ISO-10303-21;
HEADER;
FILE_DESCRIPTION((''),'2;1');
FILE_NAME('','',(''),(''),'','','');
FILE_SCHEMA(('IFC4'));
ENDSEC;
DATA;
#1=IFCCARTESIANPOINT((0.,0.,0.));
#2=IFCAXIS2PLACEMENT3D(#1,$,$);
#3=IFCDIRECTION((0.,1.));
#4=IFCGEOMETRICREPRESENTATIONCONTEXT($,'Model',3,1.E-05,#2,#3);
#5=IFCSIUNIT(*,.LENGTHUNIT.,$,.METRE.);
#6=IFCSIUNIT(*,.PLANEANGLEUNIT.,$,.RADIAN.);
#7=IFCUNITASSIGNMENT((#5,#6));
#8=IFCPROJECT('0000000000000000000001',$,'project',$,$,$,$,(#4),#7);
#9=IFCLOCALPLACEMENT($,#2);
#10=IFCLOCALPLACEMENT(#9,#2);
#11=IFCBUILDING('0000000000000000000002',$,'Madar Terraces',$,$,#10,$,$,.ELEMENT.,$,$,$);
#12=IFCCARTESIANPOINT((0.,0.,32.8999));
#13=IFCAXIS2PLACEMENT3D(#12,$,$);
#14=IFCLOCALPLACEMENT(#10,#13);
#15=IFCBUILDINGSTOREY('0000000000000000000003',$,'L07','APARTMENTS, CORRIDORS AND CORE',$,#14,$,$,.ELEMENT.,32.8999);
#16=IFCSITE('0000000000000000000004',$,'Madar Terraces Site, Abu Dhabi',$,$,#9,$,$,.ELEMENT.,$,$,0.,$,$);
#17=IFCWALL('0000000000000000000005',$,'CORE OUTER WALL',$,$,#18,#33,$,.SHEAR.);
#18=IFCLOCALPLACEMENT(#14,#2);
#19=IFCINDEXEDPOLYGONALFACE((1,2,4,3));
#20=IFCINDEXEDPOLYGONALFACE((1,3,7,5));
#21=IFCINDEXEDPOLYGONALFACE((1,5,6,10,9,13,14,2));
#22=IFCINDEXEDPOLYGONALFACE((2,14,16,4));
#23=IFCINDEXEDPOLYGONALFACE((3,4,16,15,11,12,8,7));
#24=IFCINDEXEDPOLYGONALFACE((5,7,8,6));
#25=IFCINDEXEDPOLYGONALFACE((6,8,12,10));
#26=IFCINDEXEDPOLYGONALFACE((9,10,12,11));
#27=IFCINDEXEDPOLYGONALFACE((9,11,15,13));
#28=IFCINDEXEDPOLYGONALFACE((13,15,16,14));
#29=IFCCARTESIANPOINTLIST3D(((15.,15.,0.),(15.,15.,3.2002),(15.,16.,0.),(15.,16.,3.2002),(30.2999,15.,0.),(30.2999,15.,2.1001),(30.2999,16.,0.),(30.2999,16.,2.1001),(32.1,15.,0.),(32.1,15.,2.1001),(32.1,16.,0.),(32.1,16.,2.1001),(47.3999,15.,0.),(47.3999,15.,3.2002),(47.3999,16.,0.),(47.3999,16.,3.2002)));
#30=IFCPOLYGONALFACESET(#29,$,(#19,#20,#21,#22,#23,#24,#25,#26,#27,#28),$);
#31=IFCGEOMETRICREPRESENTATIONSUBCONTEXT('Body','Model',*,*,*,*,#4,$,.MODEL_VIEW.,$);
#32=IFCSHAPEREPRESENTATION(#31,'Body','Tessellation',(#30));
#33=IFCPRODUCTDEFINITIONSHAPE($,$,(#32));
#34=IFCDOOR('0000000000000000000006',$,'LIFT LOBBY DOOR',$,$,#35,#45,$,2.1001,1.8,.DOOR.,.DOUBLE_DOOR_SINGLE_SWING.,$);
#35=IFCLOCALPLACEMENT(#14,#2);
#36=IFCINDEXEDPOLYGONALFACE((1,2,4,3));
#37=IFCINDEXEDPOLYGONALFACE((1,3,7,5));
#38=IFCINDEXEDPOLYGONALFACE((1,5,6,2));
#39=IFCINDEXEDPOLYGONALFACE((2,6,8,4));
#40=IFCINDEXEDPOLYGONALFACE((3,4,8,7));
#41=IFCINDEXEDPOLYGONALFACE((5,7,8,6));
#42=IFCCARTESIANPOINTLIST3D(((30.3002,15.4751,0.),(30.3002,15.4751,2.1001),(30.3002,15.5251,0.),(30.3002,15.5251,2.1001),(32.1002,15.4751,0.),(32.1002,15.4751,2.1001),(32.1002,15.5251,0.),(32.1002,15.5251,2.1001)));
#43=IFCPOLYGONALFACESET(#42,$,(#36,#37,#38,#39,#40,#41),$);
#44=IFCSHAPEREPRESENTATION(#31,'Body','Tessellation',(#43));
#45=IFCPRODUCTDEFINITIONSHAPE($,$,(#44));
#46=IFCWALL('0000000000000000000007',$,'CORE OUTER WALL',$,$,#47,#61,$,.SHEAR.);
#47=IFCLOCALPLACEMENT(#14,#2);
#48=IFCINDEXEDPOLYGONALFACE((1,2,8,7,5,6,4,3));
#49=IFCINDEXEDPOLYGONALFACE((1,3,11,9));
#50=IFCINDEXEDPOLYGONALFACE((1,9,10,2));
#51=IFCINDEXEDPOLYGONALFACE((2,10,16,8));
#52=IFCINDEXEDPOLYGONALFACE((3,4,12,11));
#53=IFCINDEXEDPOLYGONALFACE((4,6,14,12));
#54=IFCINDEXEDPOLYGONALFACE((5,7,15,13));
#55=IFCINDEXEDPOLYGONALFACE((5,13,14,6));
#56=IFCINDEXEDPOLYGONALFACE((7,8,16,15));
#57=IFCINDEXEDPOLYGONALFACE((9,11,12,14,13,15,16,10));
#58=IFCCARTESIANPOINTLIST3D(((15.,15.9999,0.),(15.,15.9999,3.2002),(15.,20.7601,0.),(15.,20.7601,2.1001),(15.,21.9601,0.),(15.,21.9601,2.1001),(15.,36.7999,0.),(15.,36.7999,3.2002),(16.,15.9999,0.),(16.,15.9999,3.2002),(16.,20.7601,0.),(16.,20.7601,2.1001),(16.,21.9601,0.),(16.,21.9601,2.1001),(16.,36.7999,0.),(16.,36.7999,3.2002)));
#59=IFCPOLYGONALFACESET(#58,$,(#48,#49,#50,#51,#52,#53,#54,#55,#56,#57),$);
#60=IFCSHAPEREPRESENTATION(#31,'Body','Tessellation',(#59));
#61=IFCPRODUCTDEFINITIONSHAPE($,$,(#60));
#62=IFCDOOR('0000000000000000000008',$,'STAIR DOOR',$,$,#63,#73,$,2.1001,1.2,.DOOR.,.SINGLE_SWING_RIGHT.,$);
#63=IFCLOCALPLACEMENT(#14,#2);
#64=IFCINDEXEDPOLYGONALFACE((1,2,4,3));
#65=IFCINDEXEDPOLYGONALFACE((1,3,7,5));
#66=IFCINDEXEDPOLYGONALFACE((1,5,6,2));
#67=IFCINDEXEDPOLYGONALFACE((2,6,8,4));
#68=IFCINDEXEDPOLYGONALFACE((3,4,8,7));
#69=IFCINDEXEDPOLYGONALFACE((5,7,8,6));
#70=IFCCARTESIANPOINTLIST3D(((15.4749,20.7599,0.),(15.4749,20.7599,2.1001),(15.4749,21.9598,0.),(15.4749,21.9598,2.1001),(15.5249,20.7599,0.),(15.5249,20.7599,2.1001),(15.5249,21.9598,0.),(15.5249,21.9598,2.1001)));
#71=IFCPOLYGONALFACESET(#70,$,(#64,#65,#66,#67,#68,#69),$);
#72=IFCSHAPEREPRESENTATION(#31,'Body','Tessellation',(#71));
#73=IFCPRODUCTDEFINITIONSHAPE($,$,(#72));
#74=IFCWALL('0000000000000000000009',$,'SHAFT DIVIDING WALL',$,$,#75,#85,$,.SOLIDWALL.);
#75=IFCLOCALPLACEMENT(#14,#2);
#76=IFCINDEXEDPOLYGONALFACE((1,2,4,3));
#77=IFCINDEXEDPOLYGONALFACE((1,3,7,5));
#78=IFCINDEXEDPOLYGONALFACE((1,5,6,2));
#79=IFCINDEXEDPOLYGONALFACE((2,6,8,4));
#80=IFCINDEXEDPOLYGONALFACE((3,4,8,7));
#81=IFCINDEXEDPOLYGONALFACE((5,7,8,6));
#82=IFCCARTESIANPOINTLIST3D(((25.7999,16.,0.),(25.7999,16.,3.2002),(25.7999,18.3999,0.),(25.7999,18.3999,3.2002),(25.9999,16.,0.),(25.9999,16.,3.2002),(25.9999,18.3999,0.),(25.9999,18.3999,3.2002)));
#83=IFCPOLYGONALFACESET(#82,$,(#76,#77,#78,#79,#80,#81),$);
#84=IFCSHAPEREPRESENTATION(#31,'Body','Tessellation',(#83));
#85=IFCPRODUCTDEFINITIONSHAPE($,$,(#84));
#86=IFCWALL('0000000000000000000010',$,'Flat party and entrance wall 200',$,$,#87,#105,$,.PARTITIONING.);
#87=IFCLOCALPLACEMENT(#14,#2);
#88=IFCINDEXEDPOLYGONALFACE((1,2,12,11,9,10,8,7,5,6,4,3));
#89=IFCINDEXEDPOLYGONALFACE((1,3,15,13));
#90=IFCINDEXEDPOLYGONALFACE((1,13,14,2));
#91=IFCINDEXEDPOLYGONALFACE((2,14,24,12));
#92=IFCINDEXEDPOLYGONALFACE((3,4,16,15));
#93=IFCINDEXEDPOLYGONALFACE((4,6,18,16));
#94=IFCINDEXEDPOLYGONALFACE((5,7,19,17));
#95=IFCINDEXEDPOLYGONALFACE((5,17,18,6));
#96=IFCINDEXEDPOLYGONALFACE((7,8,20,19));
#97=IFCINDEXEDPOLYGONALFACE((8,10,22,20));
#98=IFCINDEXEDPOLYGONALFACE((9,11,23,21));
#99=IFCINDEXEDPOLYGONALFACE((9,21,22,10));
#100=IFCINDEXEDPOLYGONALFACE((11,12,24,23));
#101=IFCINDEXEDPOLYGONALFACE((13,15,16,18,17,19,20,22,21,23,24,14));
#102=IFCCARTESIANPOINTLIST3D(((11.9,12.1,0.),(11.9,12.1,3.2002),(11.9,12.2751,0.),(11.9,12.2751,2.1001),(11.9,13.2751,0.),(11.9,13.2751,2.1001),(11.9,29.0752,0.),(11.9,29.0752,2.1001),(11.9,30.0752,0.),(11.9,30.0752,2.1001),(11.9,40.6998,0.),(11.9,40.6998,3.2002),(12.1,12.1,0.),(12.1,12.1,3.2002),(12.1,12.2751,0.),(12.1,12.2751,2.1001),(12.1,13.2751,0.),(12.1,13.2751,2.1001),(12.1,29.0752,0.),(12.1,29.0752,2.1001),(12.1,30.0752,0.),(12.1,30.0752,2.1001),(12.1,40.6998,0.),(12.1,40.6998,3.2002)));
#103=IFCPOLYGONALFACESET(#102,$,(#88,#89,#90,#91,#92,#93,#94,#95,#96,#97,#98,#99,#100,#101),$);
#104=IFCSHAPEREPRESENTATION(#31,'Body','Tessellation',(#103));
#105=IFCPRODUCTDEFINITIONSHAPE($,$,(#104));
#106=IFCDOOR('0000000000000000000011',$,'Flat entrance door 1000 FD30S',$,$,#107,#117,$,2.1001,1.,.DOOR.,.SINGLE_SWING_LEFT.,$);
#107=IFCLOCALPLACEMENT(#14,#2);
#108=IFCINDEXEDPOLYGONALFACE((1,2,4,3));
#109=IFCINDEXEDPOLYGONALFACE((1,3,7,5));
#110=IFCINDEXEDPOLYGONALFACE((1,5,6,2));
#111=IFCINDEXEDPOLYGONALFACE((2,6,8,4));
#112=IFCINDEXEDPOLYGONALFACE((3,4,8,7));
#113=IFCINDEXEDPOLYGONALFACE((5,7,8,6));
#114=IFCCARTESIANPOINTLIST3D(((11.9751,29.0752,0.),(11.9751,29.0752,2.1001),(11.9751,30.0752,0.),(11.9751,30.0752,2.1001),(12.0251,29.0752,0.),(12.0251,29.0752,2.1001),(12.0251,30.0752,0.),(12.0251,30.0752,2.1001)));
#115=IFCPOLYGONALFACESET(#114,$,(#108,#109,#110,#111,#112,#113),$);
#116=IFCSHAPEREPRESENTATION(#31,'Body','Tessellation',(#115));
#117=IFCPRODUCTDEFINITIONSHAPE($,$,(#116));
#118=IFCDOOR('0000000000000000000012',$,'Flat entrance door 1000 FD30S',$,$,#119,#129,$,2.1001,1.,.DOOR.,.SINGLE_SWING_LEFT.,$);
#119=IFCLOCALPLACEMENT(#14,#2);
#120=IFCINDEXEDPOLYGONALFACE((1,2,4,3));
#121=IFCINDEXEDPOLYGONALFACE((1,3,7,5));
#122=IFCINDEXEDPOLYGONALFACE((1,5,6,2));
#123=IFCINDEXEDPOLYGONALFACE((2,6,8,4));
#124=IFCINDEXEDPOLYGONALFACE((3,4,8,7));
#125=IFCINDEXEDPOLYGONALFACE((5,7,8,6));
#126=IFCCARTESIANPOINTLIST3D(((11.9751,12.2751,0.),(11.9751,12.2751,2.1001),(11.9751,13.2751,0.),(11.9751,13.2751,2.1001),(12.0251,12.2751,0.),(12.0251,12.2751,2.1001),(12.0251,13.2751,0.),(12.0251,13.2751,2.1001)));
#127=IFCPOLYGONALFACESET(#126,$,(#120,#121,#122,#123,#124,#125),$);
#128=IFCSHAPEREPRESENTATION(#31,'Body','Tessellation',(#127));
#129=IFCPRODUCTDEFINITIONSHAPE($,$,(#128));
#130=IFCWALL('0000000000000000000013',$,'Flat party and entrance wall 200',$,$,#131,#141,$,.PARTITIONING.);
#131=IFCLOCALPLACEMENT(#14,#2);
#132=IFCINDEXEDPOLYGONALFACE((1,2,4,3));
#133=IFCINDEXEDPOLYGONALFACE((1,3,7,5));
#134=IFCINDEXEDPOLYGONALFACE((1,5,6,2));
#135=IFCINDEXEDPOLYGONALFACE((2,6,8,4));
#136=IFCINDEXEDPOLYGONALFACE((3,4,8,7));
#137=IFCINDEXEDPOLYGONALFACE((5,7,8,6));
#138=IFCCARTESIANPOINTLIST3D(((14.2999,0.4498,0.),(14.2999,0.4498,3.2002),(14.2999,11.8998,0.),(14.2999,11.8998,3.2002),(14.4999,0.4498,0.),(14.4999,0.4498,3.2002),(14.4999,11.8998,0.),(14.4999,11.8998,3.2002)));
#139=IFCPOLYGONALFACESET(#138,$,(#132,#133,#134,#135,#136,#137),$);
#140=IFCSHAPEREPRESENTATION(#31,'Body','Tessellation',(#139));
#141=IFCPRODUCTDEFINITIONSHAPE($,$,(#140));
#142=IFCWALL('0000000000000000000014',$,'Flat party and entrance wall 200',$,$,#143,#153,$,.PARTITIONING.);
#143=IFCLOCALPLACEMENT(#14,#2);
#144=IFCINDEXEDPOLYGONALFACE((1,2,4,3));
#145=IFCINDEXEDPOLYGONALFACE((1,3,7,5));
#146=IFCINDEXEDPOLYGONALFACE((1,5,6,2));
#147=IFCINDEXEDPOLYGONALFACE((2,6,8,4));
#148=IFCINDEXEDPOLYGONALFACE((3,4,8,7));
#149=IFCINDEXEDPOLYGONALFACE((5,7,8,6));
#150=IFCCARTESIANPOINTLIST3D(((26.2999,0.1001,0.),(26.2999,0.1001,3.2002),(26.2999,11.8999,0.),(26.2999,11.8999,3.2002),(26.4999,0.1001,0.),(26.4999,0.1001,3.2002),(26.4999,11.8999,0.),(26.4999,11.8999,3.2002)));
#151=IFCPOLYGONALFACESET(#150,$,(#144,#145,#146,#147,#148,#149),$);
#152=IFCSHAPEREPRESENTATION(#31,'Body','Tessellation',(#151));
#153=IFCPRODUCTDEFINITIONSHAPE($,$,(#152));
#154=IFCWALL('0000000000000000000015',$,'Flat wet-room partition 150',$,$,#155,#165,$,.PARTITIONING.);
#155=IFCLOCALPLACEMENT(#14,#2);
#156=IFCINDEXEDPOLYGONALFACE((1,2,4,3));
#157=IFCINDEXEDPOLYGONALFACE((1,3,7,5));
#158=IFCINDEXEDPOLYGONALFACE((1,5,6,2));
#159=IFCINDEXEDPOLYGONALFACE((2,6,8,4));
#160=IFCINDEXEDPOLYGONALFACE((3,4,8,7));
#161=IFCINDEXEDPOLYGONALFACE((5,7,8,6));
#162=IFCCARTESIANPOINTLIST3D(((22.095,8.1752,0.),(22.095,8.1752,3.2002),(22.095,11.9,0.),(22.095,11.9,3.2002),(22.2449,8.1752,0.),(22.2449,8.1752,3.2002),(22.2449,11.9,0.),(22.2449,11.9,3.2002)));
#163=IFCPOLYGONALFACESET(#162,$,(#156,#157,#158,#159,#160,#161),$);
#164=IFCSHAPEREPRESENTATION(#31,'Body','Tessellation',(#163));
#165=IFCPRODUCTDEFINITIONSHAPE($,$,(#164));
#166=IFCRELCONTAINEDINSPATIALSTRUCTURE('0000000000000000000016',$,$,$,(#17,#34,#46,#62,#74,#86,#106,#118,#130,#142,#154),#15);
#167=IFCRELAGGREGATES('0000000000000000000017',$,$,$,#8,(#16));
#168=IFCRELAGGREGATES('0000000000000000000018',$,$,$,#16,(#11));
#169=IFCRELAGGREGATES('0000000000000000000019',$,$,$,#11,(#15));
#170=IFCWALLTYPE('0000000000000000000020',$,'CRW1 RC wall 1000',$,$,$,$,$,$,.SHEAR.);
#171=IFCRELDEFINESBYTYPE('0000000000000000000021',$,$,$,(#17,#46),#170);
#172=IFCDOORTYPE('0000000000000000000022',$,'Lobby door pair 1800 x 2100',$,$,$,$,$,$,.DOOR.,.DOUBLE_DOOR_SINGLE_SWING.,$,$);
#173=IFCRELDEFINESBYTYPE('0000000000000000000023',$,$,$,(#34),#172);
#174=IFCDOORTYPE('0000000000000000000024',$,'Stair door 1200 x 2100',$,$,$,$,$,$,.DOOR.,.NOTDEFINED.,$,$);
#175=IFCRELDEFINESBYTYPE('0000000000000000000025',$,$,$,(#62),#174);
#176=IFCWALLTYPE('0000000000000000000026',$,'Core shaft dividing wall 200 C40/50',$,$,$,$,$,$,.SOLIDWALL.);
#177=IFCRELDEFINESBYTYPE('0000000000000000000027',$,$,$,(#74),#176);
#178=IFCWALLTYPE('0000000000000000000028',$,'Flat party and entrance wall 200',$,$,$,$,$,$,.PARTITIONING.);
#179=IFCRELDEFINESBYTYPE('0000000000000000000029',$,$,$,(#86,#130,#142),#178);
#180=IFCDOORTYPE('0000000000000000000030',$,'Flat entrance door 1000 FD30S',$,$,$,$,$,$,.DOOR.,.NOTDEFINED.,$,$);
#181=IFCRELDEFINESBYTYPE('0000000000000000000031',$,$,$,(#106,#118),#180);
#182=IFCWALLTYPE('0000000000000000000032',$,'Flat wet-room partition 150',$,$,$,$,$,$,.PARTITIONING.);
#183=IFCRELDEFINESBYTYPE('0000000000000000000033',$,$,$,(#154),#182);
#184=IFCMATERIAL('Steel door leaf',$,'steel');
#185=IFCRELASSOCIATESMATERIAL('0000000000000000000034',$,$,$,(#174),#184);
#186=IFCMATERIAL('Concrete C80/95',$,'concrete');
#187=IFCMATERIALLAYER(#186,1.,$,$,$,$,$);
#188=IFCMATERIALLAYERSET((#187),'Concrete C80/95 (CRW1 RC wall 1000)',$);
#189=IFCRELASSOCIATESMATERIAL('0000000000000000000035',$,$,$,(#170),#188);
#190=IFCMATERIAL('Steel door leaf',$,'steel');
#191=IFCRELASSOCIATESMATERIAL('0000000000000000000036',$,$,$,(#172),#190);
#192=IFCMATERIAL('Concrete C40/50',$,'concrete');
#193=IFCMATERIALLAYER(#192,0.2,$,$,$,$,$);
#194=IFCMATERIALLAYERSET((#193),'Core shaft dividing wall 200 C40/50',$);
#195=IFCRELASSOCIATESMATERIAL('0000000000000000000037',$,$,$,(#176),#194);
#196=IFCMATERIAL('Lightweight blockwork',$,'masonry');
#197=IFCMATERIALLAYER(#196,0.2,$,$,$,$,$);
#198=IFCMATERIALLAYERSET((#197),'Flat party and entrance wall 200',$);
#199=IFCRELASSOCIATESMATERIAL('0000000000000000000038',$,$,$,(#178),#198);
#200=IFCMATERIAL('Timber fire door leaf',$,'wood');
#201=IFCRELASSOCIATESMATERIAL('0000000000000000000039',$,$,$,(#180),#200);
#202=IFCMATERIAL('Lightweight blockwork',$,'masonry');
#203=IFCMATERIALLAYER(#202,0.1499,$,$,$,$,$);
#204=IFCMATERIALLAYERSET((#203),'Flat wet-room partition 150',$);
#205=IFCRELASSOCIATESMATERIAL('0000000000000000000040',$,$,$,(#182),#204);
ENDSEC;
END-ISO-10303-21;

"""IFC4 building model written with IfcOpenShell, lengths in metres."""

from ifc_helpers import new_model, si_unit, direction, frame, frame_2d, origin, place, context, subcontext, project, spatial, rectangle, extrude, material, layer, layer_set, type_object, element, fill, save


model = new_model("IFC4")

# Units and contexts
model_context = context("Model", 3, precision=1e-05, world=origin(), true_north=direction((0.0, 1.0)))
body_context = subcontext(model_context, "Body", "Model", "MODEL_VIEW")
ifc_project = project(units=[si_unit("LENGTHUNIT", "METRE"), si_unit("PLANEANGLEUNIT", "RADIAN")], contexts=[model_context])

# Site, building, storey
site_placement = place(None, origin())
site = spatial("IfcSite", under=ifc_project, at=site_placement, Name="Madar Terraces Site, Abu Dhabi", CompositionType="ELEMENT", RefElevation=0.0)
building_placement = place(site_placement, origin())
building = spatial("IfcBuilding", under=site, at=building_placement, Name="Madar Terraces", CompositionType="ELEMENT")
storey_placement = place(building_placement, frame((0.0, 0.0, 32.8999)))
storey = spatial("IfcBuildingStorey", under=building, at=storey_placement, Name="L07", Description="APARTMENTS, CORRIDORS AND CORE", CompositionType="ELEMENT", Elevation=32.8999)

# Shared definitions
ifc_material_1 = material(Name="Steel door leaf", Category="steel")
door_type_1 = type_object("IfcDoorType", Name="Stair door 1200 x 2100", OperationType="NOTDEFINED", PredefinedType="DOOR", material=ifc_material_1)

# Walls, openings, doors
ifc_material_2 = material(Name="Concrete C80/95", Category="concrete")
ifc_layer_1 = layer(ifc_material_2, 1.0)
ifc_layer_set_1 = layer_set([ifc_layer_1], Name="Concrete C80/95 (CRW1 RC wall 1000)")
wall_type_1 = type_object("IfcWallType", Name="CRW1 RC wall 1000", PredefinedType="SHEAR", material=ifc_layer_set_1)
wall_1_placement = place(storey_placement, frame((15.0, 15.5, 0.0), z_axis=(0.0, 0.0, 1.0), x_axis=(1.0, 0.0, 0.0)))
wall_1 = element("IfcWall", 1, at=wall_1_placement, inside=storey, type_object=wall_type_1, Name="CORE OUTER WALL", PredefinedType="SHEAR", context=body_context, shape_type="SweptSolid", body=[
    extrude(rectangle(XDim=32.3999, YDim=1.0, at=frame_2d((16.2, 0.0))), origin(), (0.0, 0.0, 1.0), 3.2002),
])
opening_1_placement = place(wall_1_placement, frame((15.3, 0.0, 0.0)))
opening_1 = element("IfcOpeningElement", 2, at=opening_1_placement, cuts=wall_1, PredefinedType="OPENING", context=body_context, shape_type="SweptSolid", body=[
    extrude(rectangle(XDim=1.8, YDim=2.1001, at=frame_2d((0.8999, 1.05))), frame((0.0, 0.51, 0.0), z_axis=(0.0, -1.0, 0.0), x_axis=(1.0, 0.0, 0.0)), (0.0, 0.0, 1.0), 1.02),
])
ifc_material_3 = material(Name="Steel door leaf", Category="steel")
door_type_2 = type_object("IfcDoorType", Name="Lobby door pair 1800 x 2100", OperationType="DOUBLE_DOOR_SINGLE_SWING", PredefinedType="DOOR", material=ifc_material_3)
door_1_placement = place(opening_1_placement, frame((1.8, 0.0, 0.0), z_axis=(0.0, 0.0, 1.0), x_axis=(-1.0, 0.0, 0.0)))
door_1 = element("IfcDoor", 3, at=door_1_placement, inside=storey, type_object=door_type_2, Name="LIFT LOBBY DOOR", OperationType="DOUBLE_DOOR_SINGLE_SWING", OverallHeight=2.1001, OverallWidth=1.8, PredefinedType="DOOR", context=body_context, shape_type="SweptSolid", body=[
    extrude(rectangle(XDim=1.8, YDim=2.1001, at=frame_2d((0.8999, 1.05))), frame((0.0, 0.0249, 0.0), z_axis=(0.0, -1.0, 0.0), x_axis=(1.0, 0.0, 0.0)), (0.0, 0.0, 1.0), 0.05),
])
fill(opening_1, door_1)
wall_2_placement = place(storey_placement, frame((15.5, 16.0, 0.0), z_axis=(0.0, 0.0, 1.0), x_axis=(0.0, 1.0, 0.0)))
wall_2 = element("IfcWall", 4, at=wall_2_placement, inside=storey, type_object=wall_type_1, Name="CORE OUTER WALL", PredefinedType="SHEAR", context=body_context, shape_type="SweptSolid", body=[
    extrude(rectangle(XDim=20.8, YDim=1.0, at=frame_2d((10.3999, 0.0))), origin(), (0.0, 0.0, 1.0), 3.2002),
])
opening_2_placement = place(wall_2_placement, frame((4.76, 0.0, 0.0)))
opening_2 = element("IfcOpeningElement", 5, at=opening_2_placement, cuts=wall_2, PredefinedType="OPENING", context=body_context, shape_type="SweptSolid", body=[
    extrude(rectangle(XDim=1.2, YDim=2.1001, at=frame_2d((0.6001, 1.05))), frame((0.0, 0.51, 0.0), z_axis=(0.0, -1.0, 0.0), x_axis=(1.0, 0.0, 0.0)), (0.0, 0.0, 1.0), 1.02),
])
door_2_placement = place(opening_2_placement, frame((1.2, 0.0, 0.0), z_axis=(0.0, 0.0, 1.0), x_axis=(-1.0, 0.0, 0.0)))
door_2 = element("IfcDoor", 6, at=door_2_placement, inside=storey, type_object=door_type_1, Name="STAIR DOOR", OperationType="SINGLE_SWING_RIGHT", OverallHeight=2.1001, OverallWidth=1.2, PredefinedType="DOOR", context=body_context, shape_type="SweptSolid", body=[
    extrude(rectangle(XDim=1.2, YDim=2.1001, at=frame_2d((0.6001, 1.05))), frame((0.0, 0.0249, 0.0), z_axis=(0.0, -1.0, 0.0), x_axis=(1.0, 0.0, 0.0)), (0.0, 0.0, 1.0), 0.05),
])
fill(opening_2, door_2)

# Wall
ifc_material_4 = material(Name="Concrete C40/50", Category="concrete")
ifc_layer_2 = layer(ifc_material_4, 0.2)
ifc_layer_set_2 = layer_set([ifc_layer_2], Name="Core shaft dividing wall 200 C40/50")
wall_type_2 = type_object("IfcWallType", Name="Core shaft dividing wall 200 C40/50", PredefinedType="SOLIDWALL", material=ifc_layer_set_2)
wall_3_placement = place(storey_placement, frame((25.8999, 16.0, 0.0), z_axis=(0.0, 0.0, 1.0), x_axis=(0.0, 1.0, 0.0)))
element("IfcWall", 7, at=wall_3_placement, inside=storey, type_object=wall_type_2, Name="SHAFT DIVIDING WALL", PredefinedType="SOLIDWALL", context=body_context, shape_type="SweptSolid", body=[
    extrude(rectangle(XDim=2.3999, YDim=0.2, at=frame_2d((1.2, 0.0))), origin(), (0.0, 0.0, 1.0), 3.2002),
])

# Wall, openings, doors
ifc_material_5 = material(Name="Lightweight blockwork", Category="masonry")
ifc_layer_3 = layer(ifc_material_5, 0.2)
ifc_layer_set_3 = layer_set([ifc_layer_3], Name="Flat party and entrance wall 200")
wall_type_3 = type_object("IfcWallType", Name="Flat party and entrance wall 200", PredefinedType="PARTITIONING", material=ifc_layer_set_3)
wall_4_placement = place(storey_placement, frame((12.0, 12.1001, 0.0), z_axis=(0.0, 0.0, 1.0), x_axis=(0.0, 1.0, 0.0)))
wall_4 = element("IfcWall", 8, at=wall_4_placement, inside=storey, type_object=wall_type_3, Name="Flat party and entrance wall 200", PredefinedType="PARTITIONING", context=body_context, shape_type="SweptSolid", body=[
    extrude(rectangle(XDim=28.5999, YDim=0.2, at=frame_2d((14.2998, 0.0))), origin(), (0.0, 0.0, 1.0), 3.2002),
])
opening_3_placement = place(wall_4_placement, frame((16.9751, 0.0, 0.0)))
opening_3 = element("IfcOpeningElement", 9, at=opening_3_placement, cuts=wall_4, PredefinedType="OPENING", context=body_context, shape_type="SweptSolid", body=[
    extrude(rectangle(XDim=1.0, YDim=2.1001, at=frame_2d((0.5, 1.05))), frame((0.0, 0.1099, 0.0), z_axis=(0.0, -1.0, 0.0), x_axis=(1.0, 0.0, 0.0)), (0.0, 0.0, 1.0), 0.22),
])
opening_4_placement = place(wall_4_placement, frame((0.175, 0.0, 0.0)))
opening_4 = element("IfcOpeningElement", 10, at=opening_4_placement, cuts=wall_4, PredefinedType="OPENING", context=body_context, shape_type="SweptSolid", body=[
    extrude(rectangle(XDim=1.0, YDim=2.1001, at=frame_2d((0.5, 1.05))), frame((0.0, 0.1099, 0.0), z_axis=(0.0, -1.0, 0.0), x_axis=(1.0, 0.0, 0.0)), (0.0, 0.0, 1.0), 0.22),
])
ifc_material_6 = material(Name="Timber fire door leaf", Category="wood")
door_type_3 = type_object("IfcDoorType", Name="Flat entrance door 1000 FD30S", OperationType="NOTDEFINED", PredefinedType="DOOR", material=ifc_material_6)
door_3_placement = place(opening_3_placement, origin())
door_3 = element("IfcDoor", 11, at=door_3_placement, inside=storey, type_object=door_type_3, Name="Flat entrance door 1000 FD30S", OperationType="SINGLE_SWING_LEFT", OverallHeight=2.1001, OverallWidth=1.0, PredefinedType="DOOR", context=body_context, shape_type="SweptSolid", body=[
    extrude(rectangle(XDim=1.0, YDim=2.1001, at=frame_2d((0.5, 1.05))), frame((0.0, 0.0249, 0.0), z_axis=(0.0, -1.0, 0.0), x_axis=(1.0, 0.0, 0.0)), (0.0, 0.0, 1.0), 0.05),
])
fill(opening_3, door_3)
door_4_placement = place(opening_4_placement, origin())
door_4 = element("IfcDoor", 12, at=door_4_placement, inside=storey, type_object=door_type_3, Name="Flat entrance door 1000 FD30S", OperationType="SINGLE_SWING_LEFT", OverallHeight=2.1001, OverallWidth=1.0, PredefinedType="DOOR", context=body_context, shape_type="SweptSolid", body=[
    extrude(rectangle(XDim=1.0, YDim=2.1001, at=frame_2d((0.5, 1.05))), frame((0.0, 0.0249, 0.0), z_axis=(0.0, -1.0, 0.0), x_axis=(1.0, 0.0, 0.0)), (0.0, 0.0, 1.0), 0.05),
])
fill(opening_4, door_4)

# Walls
wall_5_placement = place(storey_placement, frame((14.3999, 11.8999, 0.0), z_axis=(0.0, 0.0, 1.0), x_axis=(0.0, -1.0, 0.0)))
element("IfcWall", 13, at=wall_5_placement, inside=storey, type_object=wall_type_3, Name="Flat party and entrance wall 200", PredefinedType="PARTITIONING", context=body_context, shape_type="SweptSolid", body=[
    extrude(rectangle(XDim=11.45, YDim=0.2, at=frame_2d((5.7251, 0.0))), origin(), (0.0, 0.0, 1.0), 3.2002),
])
wall_6_placement = place(storey_placement, frame((26.3999, 11.8999, 0.0), z_axis=(0.0, 0.0, 1.0), x_axis=(0.0, -1.0, 0.0)))
element("IfcWall", 14, at=wall_6_placement, inside=storey, type_object=wall_type_3, Name="Flat party and entrance wall 200", PredefinedType="PARTITIONING", context=body_context, shape_type="SweptSolid", body=[
    extrude(rectangle(XDim=11.7998, YDim=0.2, at=frame_2d((5.8999, 0.0))), origin(), (0.0, 0.0, 1.0), 3.2002),
])
ifc_material_7 = material(Name="Lightweight blockwork", Category="masonry")
ifc_layer_4 = layer(ifc_material_7, 0.1499)
ifc_layer_set_4 = layer_set([ifc_layer_4], Name="Flat wet-room partition 150")
wall_type_4 = type_object("IfcWallType", Name="Flat wet-room partition 150", PredefinedType="PARTITIONING", material=ifc_layer_set_4)
wall_7_placement = place(storey_placement, frame((22.1699, 11.8999, 0.0), z_axis=(0.0, 0.0, 1.0), x_axis=(0.0, -1.0, 0.0)))
element("IfcWall", 15, at=wall_7_placement, inside=storey, type_object=wall_type_4, Name="Flat wet-room partition 150", PredefinedType="PARTITIONING", context=body_context, shape_type="SweptSolid", body=[
    extrude(rectangle(XDim=3.7249, YDim=0.1499, at=frame_2d((1.8623, 0.0))), origin(), (0.0, 0.0, 1.0), 3.2002),
])

save(model, "model.ifc")
